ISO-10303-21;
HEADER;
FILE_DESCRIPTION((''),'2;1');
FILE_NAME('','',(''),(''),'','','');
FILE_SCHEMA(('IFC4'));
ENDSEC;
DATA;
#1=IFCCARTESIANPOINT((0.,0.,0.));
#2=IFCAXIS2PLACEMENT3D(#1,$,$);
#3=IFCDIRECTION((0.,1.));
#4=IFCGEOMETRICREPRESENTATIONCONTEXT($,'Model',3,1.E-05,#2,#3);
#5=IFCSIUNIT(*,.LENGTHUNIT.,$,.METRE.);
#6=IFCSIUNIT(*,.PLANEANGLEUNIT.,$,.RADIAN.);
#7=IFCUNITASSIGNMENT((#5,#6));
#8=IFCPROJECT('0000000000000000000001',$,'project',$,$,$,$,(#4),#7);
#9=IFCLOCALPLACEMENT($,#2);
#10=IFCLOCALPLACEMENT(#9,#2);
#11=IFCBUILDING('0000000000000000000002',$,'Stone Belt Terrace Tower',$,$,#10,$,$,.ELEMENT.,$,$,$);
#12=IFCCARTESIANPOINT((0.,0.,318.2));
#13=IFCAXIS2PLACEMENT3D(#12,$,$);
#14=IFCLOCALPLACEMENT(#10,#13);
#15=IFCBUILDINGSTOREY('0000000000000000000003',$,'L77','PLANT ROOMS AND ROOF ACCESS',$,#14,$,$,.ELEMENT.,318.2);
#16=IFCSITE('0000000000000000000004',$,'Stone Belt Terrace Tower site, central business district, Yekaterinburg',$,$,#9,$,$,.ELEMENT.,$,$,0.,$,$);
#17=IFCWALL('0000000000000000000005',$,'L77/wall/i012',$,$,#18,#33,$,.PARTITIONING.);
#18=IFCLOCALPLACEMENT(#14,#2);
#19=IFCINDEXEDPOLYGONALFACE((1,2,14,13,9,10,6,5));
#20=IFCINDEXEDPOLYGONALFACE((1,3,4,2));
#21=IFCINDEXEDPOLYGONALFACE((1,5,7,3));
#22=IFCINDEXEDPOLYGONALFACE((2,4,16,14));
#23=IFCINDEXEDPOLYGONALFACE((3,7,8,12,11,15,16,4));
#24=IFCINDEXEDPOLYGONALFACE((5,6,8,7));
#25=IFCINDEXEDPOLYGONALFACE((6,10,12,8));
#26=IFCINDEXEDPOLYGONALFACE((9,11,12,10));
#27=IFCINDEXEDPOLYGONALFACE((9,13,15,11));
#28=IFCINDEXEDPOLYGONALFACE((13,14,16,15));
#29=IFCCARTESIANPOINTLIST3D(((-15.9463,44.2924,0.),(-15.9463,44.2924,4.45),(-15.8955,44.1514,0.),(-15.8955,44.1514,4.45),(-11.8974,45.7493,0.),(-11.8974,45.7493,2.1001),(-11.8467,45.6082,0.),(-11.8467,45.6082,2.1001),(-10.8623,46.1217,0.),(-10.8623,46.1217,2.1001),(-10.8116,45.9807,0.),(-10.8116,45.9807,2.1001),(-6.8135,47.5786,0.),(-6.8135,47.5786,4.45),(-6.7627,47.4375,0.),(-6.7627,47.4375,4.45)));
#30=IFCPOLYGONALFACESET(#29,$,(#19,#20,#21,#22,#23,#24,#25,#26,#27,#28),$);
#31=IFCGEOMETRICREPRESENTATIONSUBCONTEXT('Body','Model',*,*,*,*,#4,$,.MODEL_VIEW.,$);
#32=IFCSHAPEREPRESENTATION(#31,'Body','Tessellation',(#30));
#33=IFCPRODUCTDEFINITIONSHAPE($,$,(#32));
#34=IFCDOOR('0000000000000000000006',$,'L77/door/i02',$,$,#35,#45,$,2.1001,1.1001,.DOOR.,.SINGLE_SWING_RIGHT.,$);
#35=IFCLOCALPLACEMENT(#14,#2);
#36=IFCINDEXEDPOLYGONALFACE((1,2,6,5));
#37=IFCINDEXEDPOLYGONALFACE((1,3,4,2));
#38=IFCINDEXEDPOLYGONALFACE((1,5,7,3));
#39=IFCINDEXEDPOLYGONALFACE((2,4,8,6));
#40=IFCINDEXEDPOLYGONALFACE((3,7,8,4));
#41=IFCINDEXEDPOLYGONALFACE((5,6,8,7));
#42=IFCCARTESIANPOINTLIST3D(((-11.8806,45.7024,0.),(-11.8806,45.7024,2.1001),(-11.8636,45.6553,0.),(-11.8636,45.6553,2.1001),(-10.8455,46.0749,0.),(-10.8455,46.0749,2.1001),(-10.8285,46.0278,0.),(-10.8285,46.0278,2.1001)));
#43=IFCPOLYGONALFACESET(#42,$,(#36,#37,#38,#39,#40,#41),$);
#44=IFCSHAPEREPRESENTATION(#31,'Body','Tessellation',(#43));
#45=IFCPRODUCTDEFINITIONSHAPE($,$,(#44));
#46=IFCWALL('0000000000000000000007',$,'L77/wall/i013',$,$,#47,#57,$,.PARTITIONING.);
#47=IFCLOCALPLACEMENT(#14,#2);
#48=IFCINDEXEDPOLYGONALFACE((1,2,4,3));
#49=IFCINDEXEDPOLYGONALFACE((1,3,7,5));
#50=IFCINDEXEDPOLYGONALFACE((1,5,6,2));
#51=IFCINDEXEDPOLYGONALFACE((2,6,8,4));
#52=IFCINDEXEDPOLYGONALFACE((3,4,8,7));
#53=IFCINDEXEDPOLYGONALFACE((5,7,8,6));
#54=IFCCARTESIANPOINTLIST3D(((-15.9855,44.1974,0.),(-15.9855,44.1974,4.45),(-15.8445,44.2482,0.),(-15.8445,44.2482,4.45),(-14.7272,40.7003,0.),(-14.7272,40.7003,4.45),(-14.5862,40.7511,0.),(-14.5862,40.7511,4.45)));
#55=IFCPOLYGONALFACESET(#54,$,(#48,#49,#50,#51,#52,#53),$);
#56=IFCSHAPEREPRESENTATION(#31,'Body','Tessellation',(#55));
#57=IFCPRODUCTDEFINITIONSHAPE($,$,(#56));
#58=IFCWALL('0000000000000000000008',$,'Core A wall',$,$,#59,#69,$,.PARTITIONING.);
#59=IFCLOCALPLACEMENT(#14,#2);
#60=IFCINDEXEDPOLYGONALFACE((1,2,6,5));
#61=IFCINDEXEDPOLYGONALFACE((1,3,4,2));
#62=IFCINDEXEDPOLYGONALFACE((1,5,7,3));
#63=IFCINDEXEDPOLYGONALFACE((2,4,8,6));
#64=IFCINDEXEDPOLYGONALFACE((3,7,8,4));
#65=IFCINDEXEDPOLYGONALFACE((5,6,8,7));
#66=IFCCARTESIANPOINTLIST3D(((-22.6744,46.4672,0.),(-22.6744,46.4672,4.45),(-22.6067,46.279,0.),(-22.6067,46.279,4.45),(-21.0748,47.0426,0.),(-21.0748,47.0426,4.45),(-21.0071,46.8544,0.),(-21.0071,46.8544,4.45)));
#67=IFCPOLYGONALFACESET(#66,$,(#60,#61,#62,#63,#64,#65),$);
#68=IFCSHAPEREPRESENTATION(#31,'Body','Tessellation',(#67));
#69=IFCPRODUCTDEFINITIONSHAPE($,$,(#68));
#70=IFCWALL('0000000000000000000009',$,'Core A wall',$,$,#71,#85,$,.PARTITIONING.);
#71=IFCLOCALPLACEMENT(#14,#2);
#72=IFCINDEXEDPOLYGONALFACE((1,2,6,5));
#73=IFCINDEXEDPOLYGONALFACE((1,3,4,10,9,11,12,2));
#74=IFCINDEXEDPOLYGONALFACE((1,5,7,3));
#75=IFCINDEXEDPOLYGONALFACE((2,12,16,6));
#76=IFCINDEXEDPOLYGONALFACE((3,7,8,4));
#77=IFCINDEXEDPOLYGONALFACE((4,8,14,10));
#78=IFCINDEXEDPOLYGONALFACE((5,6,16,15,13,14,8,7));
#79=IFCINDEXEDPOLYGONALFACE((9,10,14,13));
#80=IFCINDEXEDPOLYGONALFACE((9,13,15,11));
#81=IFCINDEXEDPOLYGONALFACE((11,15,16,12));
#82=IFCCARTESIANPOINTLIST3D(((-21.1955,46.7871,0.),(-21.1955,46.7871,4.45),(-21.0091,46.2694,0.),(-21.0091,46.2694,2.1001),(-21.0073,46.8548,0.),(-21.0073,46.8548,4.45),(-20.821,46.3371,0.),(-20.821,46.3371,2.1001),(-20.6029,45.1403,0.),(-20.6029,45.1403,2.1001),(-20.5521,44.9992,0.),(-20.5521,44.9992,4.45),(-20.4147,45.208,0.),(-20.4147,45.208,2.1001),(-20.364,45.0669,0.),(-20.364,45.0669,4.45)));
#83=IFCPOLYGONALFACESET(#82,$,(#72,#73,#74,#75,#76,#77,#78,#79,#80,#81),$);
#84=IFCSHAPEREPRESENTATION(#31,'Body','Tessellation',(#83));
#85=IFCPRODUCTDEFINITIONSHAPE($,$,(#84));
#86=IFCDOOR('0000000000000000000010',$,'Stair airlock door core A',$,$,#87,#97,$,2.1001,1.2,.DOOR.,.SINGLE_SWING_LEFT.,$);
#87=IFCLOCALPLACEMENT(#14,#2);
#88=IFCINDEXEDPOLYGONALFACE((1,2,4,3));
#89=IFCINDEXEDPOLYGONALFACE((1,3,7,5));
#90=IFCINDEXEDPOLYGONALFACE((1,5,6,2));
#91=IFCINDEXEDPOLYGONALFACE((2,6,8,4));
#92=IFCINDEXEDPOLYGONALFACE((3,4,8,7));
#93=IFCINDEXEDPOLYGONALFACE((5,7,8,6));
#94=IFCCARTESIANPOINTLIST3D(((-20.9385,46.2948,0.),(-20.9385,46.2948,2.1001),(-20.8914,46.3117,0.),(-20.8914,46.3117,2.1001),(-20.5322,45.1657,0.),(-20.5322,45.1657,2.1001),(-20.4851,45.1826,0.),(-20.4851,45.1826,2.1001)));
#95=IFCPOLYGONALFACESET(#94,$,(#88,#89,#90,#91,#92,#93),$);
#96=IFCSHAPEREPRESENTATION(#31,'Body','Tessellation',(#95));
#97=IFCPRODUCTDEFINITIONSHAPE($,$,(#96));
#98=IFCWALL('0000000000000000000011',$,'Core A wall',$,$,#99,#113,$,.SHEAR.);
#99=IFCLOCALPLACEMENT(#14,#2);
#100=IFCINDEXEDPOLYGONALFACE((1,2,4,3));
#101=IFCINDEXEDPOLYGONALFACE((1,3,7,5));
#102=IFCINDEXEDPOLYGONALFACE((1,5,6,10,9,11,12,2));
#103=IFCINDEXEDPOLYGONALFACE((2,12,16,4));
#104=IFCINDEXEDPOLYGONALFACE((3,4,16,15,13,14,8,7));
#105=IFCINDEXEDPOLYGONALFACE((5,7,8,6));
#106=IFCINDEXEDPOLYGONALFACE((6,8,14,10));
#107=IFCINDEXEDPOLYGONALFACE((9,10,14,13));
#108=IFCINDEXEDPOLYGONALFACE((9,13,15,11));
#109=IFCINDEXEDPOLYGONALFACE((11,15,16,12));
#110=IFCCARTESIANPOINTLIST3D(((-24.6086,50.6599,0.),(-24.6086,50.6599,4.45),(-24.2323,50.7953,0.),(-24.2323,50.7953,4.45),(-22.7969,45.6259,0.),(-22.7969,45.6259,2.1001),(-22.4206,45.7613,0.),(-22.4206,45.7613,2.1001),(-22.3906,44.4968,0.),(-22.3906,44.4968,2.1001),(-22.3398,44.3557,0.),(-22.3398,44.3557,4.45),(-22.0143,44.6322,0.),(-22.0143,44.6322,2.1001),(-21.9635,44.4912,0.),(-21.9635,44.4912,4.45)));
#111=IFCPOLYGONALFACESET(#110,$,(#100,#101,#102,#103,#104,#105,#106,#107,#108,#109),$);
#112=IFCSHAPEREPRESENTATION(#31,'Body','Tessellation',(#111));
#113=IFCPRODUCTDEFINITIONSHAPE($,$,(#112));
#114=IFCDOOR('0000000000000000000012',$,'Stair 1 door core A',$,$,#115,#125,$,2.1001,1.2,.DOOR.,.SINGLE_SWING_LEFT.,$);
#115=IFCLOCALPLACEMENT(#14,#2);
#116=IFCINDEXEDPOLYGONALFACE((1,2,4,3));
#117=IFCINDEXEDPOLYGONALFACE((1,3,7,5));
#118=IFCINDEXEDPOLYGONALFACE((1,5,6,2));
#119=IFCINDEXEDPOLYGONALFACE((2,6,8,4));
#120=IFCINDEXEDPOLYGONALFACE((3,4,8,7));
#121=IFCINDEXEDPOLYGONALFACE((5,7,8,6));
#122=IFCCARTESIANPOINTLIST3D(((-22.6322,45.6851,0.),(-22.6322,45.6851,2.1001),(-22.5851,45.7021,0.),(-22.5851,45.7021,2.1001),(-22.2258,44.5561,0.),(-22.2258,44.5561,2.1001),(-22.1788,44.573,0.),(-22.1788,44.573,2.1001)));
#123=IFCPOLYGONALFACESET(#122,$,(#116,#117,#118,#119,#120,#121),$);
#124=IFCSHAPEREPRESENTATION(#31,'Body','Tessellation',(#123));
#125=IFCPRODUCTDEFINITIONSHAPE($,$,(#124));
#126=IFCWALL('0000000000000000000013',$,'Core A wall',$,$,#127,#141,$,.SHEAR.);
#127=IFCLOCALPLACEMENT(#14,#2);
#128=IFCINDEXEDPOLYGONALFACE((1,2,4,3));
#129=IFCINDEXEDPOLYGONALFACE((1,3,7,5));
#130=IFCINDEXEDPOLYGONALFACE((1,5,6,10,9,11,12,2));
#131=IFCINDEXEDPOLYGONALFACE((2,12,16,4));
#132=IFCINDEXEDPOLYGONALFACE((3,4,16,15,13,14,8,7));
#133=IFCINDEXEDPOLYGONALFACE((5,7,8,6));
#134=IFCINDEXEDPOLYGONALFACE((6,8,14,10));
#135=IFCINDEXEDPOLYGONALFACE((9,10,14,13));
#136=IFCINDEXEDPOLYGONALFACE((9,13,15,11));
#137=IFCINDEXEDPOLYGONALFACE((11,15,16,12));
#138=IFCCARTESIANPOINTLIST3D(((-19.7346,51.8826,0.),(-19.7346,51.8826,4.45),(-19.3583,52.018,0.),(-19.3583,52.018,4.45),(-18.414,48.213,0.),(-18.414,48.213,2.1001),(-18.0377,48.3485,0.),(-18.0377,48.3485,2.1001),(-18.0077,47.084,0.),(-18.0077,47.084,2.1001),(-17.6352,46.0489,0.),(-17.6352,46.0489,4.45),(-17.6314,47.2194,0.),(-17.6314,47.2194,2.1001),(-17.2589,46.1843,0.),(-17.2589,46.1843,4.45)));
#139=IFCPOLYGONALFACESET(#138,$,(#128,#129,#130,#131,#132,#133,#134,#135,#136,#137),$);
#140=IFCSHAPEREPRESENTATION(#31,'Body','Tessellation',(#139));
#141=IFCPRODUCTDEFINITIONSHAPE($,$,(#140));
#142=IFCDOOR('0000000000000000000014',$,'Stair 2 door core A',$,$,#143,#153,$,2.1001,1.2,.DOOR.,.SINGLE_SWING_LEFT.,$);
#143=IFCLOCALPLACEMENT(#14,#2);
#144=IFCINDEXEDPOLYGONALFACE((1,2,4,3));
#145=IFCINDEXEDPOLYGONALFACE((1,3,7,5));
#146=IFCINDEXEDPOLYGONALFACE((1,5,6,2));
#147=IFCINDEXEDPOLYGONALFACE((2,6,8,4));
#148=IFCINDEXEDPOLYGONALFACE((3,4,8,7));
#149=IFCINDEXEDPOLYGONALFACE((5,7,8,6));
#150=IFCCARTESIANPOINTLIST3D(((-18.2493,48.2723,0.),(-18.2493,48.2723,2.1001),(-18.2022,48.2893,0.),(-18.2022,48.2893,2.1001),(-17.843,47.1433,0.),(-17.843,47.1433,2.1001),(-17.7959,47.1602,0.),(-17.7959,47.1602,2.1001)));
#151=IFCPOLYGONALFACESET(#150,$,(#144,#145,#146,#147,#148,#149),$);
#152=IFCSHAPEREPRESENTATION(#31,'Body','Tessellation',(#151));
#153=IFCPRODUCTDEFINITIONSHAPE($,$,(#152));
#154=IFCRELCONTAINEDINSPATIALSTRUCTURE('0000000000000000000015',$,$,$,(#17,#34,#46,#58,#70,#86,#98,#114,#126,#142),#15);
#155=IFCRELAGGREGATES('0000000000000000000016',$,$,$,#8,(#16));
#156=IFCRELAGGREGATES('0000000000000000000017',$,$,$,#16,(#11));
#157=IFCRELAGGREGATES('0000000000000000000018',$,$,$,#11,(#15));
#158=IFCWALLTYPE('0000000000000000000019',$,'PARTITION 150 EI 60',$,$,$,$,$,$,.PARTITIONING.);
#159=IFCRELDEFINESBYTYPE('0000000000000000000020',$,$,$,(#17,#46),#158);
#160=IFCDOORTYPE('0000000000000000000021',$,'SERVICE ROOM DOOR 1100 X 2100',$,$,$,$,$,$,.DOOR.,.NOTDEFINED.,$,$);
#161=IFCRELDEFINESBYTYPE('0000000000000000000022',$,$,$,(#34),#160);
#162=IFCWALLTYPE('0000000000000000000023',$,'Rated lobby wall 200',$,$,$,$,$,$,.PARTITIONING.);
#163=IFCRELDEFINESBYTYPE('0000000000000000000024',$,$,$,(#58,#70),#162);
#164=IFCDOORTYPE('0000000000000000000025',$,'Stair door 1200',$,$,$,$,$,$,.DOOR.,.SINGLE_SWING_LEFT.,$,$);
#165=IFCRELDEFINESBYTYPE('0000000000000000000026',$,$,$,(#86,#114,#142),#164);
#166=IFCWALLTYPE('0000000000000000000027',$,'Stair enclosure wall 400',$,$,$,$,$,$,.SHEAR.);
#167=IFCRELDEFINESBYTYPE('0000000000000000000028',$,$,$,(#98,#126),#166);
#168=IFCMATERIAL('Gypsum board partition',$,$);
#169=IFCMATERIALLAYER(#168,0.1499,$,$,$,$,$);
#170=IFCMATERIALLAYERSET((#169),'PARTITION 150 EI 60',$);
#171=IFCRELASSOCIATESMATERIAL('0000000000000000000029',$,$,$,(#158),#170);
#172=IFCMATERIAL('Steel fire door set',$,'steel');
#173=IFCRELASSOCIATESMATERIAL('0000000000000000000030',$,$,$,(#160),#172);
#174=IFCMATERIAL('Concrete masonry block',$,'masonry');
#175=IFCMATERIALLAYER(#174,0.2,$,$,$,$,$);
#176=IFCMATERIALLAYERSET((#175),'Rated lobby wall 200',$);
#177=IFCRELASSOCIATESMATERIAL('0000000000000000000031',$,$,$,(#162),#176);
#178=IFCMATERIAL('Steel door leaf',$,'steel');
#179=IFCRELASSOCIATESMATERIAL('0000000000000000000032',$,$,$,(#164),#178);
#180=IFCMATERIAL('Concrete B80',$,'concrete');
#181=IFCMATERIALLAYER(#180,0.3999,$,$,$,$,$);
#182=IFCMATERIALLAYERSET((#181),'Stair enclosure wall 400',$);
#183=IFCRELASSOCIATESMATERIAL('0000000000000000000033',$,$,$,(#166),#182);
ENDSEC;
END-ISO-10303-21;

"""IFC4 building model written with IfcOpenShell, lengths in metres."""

from ifc_helpers import new_model, si_unit, direction, frame, frame_2d, origin, place, context, subcontext, project, spatial, rectangle, extrude, material, layer, layer_set, type_object, element, fill, save


model = new_model("IFC4")

# Units and contexts
model_context = context("Model", 3, precision=1e-05, world=origin(), true_north=direction((0.0, 1.0)))
body_context = subcontext(model_context, "Body", "Model", "MODEL_VIEW")
ifc_project = project(units=[si_unit("LENGTHUNIT", "METRE"), si_unit("PLANEANGLEUNIT", "RADIAN")], contexts=[model_context])

# Site, building, storey
site_placement = place(None, origin())
site = spatial("IfcSite", under=ifc_project, at=site_placement, Name="Stone Belt Terrace Tower site, central business district, Yekaterinburg", CompositionType="ELEMENT", RefElevation=0.0)
building_placement = place(site_placement, origin())
building = spatial("IfcBuilding", under=site, at=building_placement, Name="Stone Belt Terrace Tower", CompositionType="ELEMENT")
storey_placement = place(building_placement, frame((0.0, 0.0, 318.2)))
storey = spatial("IfcBuildingStorey", under=building, at=storey_placement, Name="L77", Description="PLANT ROOMS AND ROOF ACCESS", CompositionType="ELEMENT", Elevation=318.2)

# Shared definitions
ifc_material_1 = material(Name="Gypsum board partition")
ifc_layer_1 = layer(ifc_material_1, 0.1499)
ifc_layer_set_1 = layer_set([ifc_layer_1], Name="PARTITION 150 EI 60")
wall_type_1 = type_object("IfcWallType", Name="PARTITION 150 EI 60", PredefinedType="PARTITIONING", material=ifc_layer_set_1)

# Wall, opening, door
ifc_material_2 = material(Name="Steel fire door set", Category="steel")
door_type_1 = type_object("IfcDoorType", Name="SERVICE ROOM DOOR 1100 X 2100", OperationType="NOTDEFINED", PredefinedType="DOOR", material=ifc_material_2)
wall_1_placement = place(storey_placement, frame((-6.7881, 47.5081, 0.0), z_axis=(0.0, 0.0, 1.0), x_axis=(-0.940943, -0.338566, 0.0)))
wall_1 = element("IfcWall", 1, at=wall_1_placement, inside=storey, type_object=wall_type_1, Name="L77/wall/i012", PredefinedType="PARTITIONING", context=body_context, shape_type="SweptSolid", body=[
    extrude(rectangle(XDim=9.7061, YDim=0.1499, at=frame_2d((4.853, 0.0))), origin(), (0.0, 0.0, 1.0), 4.45),
])
opening_1_placement = place(wall_1_placement, frame((4.303, 0.0, 0.0)))
opening_1 = element("IfcOpeningElement", 2, at=opening_1_placement, cuts=wall_1, PredefinedType="OPENING", context=body_context, shape_type="SweptSolid", body=[
    extrude(rectangle(XDim=1.1001, YDim=2.1001, at=frame_2d((0.55, 1.05))), frame((0.0, 0.085, 0.0), z_axis=(0.0, -1.0, 0.0), x_axis=(1.0, 0.0, 0.0)), (0.0, 0.0, 1.0), 0.1699),
])
door_1_placement = place(opening_1_placement, origin())
door_1 = element("IfcDoor", 3, at=door_1_placement, inside=storey, type_object=door_type_1, Name="L77/door/i02", OperationType="SINGLE_SWING_RIGHT", OverallHeight=2.1001, OverallWidth=1.1001, PredefinedType="DOOR", context=body_context, shape_type="SweptSolid", body=[
    extrude(rectangle(XDim=1.1001, YDim=2.1001, at=frame_2d((0.55, 1.05))), frame((0.0, 0.0249, 0.0), z_axis=(0.0, -1.0, 0.0), x_axis=(1.0, 0.0, 0.0)), (0.0, 0.0, 1.0), 0.05),
])
fill(opening_1, door_1)

# Walls
wall_2_placement = place(storey_placement, frame((-15.915, 44.2229, 0.0), z_axis=(0.0, 0.0, 1.0), x_axis=(0.338566, -0.940943, 0.0)))
element("IfcWall", 4, at=wall_2_placement, inside=storey, type_object=wall_type_1, Name="L77/wall/i013", PredefinedType="PARTITIONING", context=body_context, shape_type="SweptSolid", body=[
    extrude(rectangle(XDim=3.7166, YDim=0.1499, at=frame_2d((1.8584, 0.0))), origin(), (0.0, 0.0, 1.0), 4.45),
])
ifc_material_3 = material(Name="Concrete masonry block", Category="masonry")
ifc_layer_2 = layer(ifc_material_3, 0.2)
ifc_layer_set_2 = layer_set([ifc_layer_2], Name="Rated lobby wall 200")
wall_type_2 = type_object("IfcWallType", Name="Rated lobby wall 200", PredefinedType="PARTITIONING", material=ifc_layer_set_2)
wall_3_placement = place(storey_placement, frame((-22.6406, 46.373, 0.0), z_axis=(0.0, 0.0, 1.0), x_axis=(0.940966, 0.338501, 0.0)))
element("IfcWall", 5, at=wall_3_placement, inside=storey, type_object=wall_type_2, Name="Core A wall", PredefinedType="PARTITIONING", context=body_context, shape_type="SweptSolid", body=[
    extrude(rectangle(XDim=1.7, YDim=0.2, at=frame_2d((0.8501, 0.0))), origin(), (0.0, 0.0, 1.0), 4.45),
])

# Walls, openings, doors
wall_4_placement = place(storey_placement, frame((-20.458, 45.033, 0.0), z_axis=(0.0, 0.0, 1.0), x_axis=(-0.338574, 0.94094, 0.0)))
wall_4 = element("IfcWall", 6, at=wall_4_placement, inside=storey, type_object=wall_type_2, Name="Core A wall", PredefinedType="PARTITIONING", context=body_context, shape_type="SweptSolid", body=[
    extrude(rectangle(XDim=1.9001, YDim=0.2, at=frame_2d((0.9502, 0.0))), origin(), (0.0, 0.0, 1.0), 4.45),
])
opening_2_placement = place(wall_4_placement, frame((0.1499, 0.0, 0.0)))
opening_2 = element("IfcOpeningElement", 7, at=opening_2_placement, cuts=wall_4, PredefinedType="OPENING", context=body_context, shape_type="SweptSolid", body=[
    extrude(rectangle(XDim=1.2, YDim=2.1001, at=frame_2d((0.6001, 1.05))), frame((0.0, 0.1099, 0.0), z_axis=(0.0, -1.0, 0.0), x_axis=(1.0, 0.0, 0.0)), (0.0, 0.0, 1.0), 0.22),
])
ifc_material_4 = material(Name="Steel door leaf", Category="steel")
door_type_2 = type_object("IfcDoorType", Name="Stair door 1200", OperationType="SINGLE_SWING_LEFT", PredefinedType="DOOR", material=ifc_material_4)
door_2_placement = place(opening_2_placement, origin())
door_2 = element("IfcDoor", 8, at=door_2_placement, inside=storey, type_object=door_type_2, Name="Stair airlock door core A", OperationType="SINGLE_SWING_LEFT", OverallHeight=2.1001, OverallWidth=1.2, PredefinedType="DOOR", context=body_context, shape_type="SweptSolid", body=[
    extrude(rectangle(XDim=1.2, YDim=2.1001, at=frame_2d((0.6001, 1.05))), frame((0.0, 0.0249, 0.0), z_axis=(0.0, -1.0, 0.0), x_axis=(1.0, 0.0, 0.0)), (0.0, 0.0, 1.0), 0.05),
])
fill(opening_2, door_2)
ifc_material_5 = material(Name="Concrete B80", Category="concrete")
ifc_layer_3 = layer(ifc_material_5, 0.3999)
ifc_layer_set_3 = layer_set([ifc_layer_3], Name="Stair enclosure wall 400")
wall_type_3 = type_object("IfcWallType", Name="Stair enclosure wall 400", PredefinedType="SHEAR", material=ifc_layer_set_3)
wall_5_placement = place(storey_placement, frame((-22.1516, 44.4233, 0.0), z_axis=(0.0, 0.0, 1.0), x_axis=(-0.338625, 0.940921, 0.0)))
wall_5 = element("IfcWall", 9, at=wall_5_placement, inside=storey, type_object=wall_type_3, Name="Core A wall", PredefinedType="SHEAR", context=body_context, shape_type="SweptSolid", body=[
    extrude(rectangle(XDim=6.7, YDim=0.3999, at=frame_2d((3.3501, 0.0))), origin(), (0.0, 0.0, 1.0), 4.45),
])
opening_3_placement = place(wall_5_placement, frame((0.1499, 0.0, 0.0)))
opening_3 = element("IfcOpeningElement", 10, at=opening_3_placement, cuts=wall_5, PredefinedType="OPENING", context=body_context, shape_type="SweptSolid", body=[
    extrude(rectangle(XDim=1.2, YDim=2.1001, at=frame_2d((0.6001, 1.05))), frame((0.0, 0.21, 0.0), z_axis=(0.0, -1.0, 0.0), x_axis=(1.0, 0.0, 0.0)), (0.0, 0.0, 1.0), 0.4199),
])
door_3_placement = place(opening_3_placement, origin())
door_3 = element("IfcDoor", 11, at=door_3_placement, inside=storey, type_object=door_type_2, Name="Stair 1 door core A", OperationType="SINGLE_SWING_LEFT", OverallHeight=2.1001, OverallWidth=1.2, PredefinedType="DOOR", context=body_context, shape_type="SweptSolid", body=[
    extrude(rectangle(XDim=1.2, YDim=2.1001, at=frame_2d((0.6001, 1.05))), frame((0.0, 0.0249, 0.0), z_axis=(0.0, -1.0, 0.0), x_axis=(1.0, 0.0, 0.0)), (0.0, 0.0, 1.0), 0.05),
])
fill(opening_3, door_3)
wall_6_placement = place(storey_placement, frame((-17.447, 46.1165, 0.0), z_axis=(0.0, 0.0, 1.0), x_axis=(-0.338608, 0.940928, 0.0)))
wall_6 = element("IfcWall", 12, at=wall_6_placement, inside=storey, type_object=wall_type_3, Name="Core A wall", PredefinedType="SHEAR", context=body_context, shape_type="SweptSolid", body=[
    extrude(rectangle(XDim=6.2, YDim=0.3999, at=frame_2d((3.1001, 0.0))), origin(), (0.0, 0.0, 1.0), 4.45),
])
opening_4_placement = place(wall_6_placement, frame((1.1001, 0.0, 0.0)))
opening_4 = element("IfcOpeningElement", 13, at=opening_4_placement, cuts=wall_6, PredefinedType="OPENING", context=body_context, shape_type="SweptSolid", body=[
    extrude(rectangle(XDim=1.2, YDim=2.1001, at=frame_2d((0.6001, 1.05))), frame((0.0, 0.21, 0.0), z_axis=(0.0, -1.0, 0.0), x_axis=(1.0, 0.0, 0.0)), (0.0, 0.0, 1.0), 0.4199),
])
door_4_placement = place(opening_4_placement, origin())
door_4 = element("IfcDoor", 14, at=door_4_placement, inside=storey, type_object=door_type_2, Name="Stair 2 door core A", OperationType="SINGLE_SWING_LEFT", OverallHeight=2.1001, OverallWidth=1.2, PredefinedType="DOOR", context=body_context, shape_type="SweptSolid", body=[
    extrude(rectangle(XDim=1.2, YDim=2.1001, at=frame_2d((0.6001, 1.05))), frame((0.0, 0.0249, 0.0), z_axis=(0.0, -1.0, 0.0), x_axis=(1.0, 0.0, 0.0)), (0.0, 0.0, 1.0), 0.05),
])
fill(opening_4, door_4)

save(model, "model.ifc")
